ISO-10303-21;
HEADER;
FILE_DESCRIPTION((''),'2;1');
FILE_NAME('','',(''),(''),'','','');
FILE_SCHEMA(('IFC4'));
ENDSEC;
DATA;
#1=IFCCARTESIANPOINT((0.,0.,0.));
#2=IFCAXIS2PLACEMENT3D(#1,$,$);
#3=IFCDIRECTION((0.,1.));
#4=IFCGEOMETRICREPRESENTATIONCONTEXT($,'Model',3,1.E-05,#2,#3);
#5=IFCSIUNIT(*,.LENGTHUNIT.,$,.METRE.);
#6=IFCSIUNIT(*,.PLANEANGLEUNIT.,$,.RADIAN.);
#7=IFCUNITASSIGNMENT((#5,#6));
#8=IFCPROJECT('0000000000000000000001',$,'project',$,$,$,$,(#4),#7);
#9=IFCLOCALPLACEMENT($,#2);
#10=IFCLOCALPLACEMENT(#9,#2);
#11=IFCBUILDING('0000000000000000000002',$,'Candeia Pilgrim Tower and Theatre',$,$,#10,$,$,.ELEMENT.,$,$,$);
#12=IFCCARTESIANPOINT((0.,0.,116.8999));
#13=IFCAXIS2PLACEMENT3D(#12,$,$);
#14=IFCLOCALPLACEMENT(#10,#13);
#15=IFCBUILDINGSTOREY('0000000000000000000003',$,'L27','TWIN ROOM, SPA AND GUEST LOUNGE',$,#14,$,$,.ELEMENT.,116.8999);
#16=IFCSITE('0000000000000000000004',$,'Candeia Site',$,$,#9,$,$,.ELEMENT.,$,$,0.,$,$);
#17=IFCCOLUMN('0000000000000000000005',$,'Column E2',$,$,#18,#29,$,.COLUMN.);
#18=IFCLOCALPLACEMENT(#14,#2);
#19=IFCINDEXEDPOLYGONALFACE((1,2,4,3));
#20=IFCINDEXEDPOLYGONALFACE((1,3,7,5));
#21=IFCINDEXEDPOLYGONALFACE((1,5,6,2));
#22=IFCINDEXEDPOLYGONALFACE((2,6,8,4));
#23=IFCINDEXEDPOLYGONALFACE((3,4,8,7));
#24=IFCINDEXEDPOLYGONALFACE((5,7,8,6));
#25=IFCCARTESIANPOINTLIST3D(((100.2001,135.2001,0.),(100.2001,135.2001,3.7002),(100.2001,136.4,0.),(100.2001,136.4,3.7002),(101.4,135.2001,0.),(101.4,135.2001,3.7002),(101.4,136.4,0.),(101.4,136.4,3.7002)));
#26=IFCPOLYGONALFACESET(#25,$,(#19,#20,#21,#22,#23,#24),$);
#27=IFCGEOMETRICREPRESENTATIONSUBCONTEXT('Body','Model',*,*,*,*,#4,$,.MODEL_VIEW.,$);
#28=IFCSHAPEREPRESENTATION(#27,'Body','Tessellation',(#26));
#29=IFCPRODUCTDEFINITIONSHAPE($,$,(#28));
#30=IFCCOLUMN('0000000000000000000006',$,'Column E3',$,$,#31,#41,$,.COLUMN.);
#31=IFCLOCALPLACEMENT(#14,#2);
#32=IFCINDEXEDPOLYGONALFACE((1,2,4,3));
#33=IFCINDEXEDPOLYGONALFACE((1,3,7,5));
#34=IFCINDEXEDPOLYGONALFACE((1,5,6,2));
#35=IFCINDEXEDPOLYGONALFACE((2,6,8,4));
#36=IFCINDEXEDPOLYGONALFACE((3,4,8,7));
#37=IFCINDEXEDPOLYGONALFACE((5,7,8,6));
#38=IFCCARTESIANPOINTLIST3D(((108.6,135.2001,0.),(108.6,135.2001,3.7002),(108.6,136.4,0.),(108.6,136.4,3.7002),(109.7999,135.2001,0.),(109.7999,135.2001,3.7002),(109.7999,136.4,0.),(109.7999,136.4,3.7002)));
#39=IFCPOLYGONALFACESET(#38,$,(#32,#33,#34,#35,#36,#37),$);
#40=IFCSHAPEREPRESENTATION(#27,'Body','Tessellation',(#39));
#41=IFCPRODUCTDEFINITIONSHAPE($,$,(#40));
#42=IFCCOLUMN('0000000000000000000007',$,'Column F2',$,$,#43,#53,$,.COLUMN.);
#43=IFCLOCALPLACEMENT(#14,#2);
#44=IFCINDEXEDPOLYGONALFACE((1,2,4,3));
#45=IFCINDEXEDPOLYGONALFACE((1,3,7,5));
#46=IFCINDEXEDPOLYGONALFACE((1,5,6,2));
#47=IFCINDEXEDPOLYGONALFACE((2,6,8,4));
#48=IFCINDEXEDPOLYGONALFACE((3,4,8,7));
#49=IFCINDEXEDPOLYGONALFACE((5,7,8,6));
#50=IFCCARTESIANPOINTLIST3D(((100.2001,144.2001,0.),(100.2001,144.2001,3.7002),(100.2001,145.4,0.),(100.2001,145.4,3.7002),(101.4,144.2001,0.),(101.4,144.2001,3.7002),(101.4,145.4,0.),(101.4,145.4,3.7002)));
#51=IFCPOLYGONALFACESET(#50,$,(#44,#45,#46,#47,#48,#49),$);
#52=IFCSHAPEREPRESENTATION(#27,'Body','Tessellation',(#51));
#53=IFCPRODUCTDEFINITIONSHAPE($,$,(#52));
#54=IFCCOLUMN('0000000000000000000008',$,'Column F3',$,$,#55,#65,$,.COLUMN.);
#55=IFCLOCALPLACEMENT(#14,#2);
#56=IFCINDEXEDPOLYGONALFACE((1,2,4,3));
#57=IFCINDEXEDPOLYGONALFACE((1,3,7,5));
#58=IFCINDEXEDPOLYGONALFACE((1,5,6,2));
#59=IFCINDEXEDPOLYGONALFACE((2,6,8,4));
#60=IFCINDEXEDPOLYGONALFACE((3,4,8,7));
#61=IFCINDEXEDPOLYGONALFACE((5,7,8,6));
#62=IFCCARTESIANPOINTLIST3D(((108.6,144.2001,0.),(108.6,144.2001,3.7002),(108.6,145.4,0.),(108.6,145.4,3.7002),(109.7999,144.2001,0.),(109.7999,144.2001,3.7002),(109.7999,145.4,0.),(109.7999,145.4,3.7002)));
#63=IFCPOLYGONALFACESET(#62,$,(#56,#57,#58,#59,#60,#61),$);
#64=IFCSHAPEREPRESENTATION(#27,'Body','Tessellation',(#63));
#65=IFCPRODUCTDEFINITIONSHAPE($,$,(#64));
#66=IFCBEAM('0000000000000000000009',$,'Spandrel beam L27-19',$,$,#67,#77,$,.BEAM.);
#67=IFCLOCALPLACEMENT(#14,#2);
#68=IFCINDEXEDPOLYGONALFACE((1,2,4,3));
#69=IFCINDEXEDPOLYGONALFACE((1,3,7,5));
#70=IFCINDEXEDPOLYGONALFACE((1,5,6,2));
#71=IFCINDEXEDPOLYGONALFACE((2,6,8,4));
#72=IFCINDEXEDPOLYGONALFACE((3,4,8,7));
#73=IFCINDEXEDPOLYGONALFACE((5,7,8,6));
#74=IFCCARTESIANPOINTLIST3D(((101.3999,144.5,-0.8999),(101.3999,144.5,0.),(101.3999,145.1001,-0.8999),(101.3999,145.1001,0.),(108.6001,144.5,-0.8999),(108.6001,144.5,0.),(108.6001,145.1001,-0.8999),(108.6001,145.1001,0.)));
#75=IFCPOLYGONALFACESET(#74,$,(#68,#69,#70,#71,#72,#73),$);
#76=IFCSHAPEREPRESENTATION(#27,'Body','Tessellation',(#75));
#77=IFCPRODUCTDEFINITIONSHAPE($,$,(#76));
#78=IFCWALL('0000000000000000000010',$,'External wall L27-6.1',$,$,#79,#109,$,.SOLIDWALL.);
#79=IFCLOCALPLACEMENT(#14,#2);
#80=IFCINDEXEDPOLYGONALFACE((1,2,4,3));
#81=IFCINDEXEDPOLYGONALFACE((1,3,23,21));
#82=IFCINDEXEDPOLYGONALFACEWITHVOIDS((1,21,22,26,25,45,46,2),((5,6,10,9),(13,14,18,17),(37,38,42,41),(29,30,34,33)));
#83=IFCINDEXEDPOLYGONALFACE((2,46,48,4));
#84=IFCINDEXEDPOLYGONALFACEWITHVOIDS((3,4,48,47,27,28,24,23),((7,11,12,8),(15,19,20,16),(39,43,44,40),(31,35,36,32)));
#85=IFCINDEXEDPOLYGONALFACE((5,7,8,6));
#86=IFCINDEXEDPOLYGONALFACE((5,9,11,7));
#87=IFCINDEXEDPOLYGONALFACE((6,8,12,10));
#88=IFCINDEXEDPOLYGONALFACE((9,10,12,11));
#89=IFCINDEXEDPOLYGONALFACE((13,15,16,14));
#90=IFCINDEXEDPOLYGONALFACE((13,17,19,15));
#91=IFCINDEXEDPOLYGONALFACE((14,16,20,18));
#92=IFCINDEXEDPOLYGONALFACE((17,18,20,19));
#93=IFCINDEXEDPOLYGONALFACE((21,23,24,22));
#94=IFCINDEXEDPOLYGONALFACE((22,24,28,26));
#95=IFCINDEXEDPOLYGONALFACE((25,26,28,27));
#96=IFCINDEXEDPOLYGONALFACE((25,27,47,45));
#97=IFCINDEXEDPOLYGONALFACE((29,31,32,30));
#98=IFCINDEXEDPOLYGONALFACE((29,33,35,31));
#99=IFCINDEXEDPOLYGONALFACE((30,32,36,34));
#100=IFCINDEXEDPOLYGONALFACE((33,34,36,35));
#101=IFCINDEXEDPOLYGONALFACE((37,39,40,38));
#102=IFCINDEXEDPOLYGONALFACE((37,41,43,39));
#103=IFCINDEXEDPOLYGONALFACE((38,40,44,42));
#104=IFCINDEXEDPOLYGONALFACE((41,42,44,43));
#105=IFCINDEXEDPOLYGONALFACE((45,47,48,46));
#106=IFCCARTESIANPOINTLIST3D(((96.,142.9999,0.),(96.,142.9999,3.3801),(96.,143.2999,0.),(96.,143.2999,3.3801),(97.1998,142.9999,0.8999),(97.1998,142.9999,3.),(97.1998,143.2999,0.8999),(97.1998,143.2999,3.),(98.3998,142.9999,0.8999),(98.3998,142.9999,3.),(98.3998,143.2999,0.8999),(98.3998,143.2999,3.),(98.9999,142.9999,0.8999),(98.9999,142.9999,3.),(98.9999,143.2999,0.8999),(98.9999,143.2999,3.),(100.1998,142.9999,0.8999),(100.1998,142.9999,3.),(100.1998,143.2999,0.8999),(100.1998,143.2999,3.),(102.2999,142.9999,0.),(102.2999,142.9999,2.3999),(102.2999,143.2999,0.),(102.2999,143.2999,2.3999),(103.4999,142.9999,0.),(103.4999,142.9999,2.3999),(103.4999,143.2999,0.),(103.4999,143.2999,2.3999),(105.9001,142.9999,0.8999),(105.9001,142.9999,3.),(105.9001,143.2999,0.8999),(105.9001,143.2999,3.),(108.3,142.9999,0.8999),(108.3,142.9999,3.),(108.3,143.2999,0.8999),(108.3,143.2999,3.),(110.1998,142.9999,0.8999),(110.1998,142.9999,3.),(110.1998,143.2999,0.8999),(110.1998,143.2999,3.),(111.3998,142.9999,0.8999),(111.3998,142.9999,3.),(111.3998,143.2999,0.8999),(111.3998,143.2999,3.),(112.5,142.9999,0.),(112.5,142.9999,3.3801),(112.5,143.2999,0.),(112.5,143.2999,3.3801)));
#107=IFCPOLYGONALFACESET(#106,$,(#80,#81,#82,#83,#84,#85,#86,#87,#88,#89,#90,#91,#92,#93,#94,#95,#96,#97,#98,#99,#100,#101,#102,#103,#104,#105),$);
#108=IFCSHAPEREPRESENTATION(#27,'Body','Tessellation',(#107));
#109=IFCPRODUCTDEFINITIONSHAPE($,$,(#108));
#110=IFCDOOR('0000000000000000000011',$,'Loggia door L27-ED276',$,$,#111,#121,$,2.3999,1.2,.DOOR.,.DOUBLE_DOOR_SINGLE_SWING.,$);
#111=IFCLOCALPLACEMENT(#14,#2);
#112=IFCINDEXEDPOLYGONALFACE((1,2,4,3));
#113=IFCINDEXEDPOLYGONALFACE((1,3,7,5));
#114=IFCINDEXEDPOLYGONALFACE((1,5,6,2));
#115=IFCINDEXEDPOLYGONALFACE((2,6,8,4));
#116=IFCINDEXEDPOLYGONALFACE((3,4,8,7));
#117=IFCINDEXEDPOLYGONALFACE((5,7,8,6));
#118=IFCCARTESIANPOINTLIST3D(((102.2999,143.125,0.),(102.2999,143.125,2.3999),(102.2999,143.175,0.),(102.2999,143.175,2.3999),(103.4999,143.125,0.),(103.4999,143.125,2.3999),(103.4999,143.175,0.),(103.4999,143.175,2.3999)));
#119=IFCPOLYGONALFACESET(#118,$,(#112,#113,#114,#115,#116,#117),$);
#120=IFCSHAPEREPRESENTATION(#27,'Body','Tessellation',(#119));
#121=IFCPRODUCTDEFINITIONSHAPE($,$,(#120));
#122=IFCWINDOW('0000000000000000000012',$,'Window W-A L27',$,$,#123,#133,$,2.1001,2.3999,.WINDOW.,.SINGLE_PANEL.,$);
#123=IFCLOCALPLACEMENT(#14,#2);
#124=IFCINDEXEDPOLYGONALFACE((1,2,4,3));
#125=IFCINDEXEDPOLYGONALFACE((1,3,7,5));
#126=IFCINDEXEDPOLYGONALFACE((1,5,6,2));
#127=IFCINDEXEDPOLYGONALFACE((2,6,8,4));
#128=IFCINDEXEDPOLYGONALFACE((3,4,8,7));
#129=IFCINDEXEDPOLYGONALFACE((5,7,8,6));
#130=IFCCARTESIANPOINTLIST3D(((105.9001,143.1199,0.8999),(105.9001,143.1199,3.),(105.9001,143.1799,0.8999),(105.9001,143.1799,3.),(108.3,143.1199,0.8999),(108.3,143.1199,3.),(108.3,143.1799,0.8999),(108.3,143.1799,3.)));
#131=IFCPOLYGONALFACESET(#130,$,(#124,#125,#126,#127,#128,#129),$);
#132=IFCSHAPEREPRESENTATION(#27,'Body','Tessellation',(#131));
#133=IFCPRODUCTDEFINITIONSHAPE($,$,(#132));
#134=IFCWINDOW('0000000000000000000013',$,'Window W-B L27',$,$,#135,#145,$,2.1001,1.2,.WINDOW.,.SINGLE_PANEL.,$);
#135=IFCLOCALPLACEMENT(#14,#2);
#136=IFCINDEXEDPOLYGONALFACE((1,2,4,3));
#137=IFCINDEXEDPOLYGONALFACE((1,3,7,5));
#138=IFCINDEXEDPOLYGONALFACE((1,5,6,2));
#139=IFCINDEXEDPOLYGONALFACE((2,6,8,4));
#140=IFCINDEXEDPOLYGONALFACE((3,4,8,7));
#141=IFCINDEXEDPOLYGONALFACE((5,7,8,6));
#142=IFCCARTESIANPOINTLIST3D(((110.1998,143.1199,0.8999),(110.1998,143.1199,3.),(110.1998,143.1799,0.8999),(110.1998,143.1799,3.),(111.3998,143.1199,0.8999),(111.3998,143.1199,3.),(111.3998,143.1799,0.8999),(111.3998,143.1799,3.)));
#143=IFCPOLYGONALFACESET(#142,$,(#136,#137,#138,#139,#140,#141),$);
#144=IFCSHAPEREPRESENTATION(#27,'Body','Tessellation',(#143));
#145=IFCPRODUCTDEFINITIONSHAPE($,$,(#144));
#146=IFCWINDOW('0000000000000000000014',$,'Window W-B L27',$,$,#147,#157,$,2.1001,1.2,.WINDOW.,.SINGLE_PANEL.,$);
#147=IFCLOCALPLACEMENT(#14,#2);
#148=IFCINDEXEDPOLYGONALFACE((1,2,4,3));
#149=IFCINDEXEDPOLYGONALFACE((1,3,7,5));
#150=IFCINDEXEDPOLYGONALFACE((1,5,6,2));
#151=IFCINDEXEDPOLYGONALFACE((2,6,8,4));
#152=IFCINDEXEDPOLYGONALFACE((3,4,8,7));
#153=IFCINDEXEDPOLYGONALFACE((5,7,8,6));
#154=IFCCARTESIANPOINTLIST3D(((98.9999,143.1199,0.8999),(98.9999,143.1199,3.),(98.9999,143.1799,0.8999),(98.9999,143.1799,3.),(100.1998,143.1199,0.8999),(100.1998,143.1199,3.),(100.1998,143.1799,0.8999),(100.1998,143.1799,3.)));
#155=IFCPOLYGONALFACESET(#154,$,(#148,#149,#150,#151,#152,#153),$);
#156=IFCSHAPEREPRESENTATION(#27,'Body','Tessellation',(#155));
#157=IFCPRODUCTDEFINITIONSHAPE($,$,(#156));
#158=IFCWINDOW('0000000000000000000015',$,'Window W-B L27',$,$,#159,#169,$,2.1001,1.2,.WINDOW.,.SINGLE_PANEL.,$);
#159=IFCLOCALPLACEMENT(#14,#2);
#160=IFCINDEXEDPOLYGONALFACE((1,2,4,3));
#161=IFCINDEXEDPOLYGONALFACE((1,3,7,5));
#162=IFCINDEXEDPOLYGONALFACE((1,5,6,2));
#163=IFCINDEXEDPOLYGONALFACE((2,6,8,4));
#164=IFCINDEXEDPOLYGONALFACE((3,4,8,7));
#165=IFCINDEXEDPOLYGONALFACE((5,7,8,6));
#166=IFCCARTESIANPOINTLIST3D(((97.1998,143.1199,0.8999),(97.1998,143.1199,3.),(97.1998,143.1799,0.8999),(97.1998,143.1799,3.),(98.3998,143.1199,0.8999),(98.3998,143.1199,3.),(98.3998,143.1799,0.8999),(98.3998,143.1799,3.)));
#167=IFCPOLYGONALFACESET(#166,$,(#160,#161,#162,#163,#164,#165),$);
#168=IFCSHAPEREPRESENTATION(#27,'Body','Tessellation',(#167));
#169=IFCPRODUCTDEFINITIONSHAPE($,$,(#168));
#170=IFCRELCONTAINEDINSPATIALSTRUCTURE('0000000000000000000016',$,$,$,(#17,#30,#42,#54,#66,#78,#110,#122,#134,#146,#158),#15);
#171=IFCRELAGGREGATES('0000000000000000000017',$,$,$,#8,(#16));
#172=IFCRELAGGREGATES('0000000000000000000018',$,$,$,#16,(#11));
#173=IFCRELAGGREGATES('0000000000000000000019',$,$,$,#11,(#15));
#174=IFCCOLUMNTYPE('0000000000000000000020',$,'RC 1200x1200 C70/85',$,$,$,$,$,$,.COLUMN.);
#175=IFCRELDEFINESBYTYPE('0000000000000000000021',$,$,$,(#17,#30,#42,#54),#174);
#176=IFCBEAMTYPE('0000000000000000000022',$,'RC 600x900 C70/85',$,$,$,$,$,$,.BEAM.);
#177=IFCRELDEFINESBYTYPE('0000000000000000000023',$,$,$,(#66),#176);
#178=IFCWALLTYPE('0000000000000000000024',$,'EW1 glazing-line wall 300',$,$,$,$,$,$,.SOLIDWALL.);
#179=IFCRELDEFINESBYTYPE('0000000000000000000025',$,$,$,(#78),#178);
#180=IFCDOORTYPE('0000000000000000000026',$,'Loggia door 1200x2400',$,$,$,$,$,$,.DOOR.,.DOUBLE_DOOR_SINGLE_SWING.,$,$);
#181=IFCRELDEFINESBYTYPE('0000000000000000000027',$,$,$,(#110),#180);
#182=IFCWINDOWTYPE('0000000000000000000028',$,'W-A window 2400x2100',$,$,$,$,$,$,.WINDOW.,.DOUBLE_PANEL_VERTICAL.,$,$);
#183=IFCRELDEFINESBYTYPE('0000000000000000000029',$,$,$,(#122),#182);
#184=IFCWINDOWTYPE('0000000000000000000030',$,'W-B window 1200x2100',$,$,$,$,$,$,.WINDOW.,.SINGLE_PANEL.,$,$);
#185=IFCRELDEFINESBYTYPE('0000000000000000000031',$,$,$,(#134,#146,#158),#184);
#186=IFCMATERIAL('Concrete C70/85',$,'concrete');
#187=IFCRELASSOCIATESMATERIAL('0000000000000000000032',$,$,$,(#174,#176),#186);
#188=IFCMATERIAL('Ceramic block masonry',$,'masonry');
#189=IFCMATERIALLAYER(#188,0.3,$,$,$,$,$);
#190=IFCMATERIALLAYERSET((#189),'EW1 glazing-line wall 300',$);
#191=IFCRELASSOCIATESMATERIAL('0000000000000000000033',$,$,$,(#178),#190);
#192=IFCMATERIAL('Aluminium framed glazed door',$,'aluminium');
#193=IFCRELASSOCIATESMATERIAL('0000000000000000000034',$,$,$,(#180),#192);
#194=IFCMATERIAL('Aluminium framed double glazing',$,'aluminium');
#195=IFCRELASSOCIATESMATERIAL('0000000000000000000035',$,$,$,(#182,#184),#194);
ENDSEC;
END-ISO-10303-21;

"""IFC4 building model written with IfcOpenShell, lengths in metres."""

from ifc_helpers import new_model, si_unit, direction, frame, frame_2d, origin, origin_2d, place, context, subcontext, project, spatial, rectangle, extrude, material, layer, layer_set, material_profile, profile_set, type_object, element, fill, save


model = new_model("IFC4")

# Units and contexts
model_context = context("Model", 3, precision=1e-05, world=origin(), true_north=direction((0.0, 1.0)))
body_context = subcontext(model_context, "Body", "Model", "MODEL_VIEW")
ifc_project = project(units=[si_unit("LENGTHUNIT", "METRE"), si_unit("PLANEANGLEUNIT", "RADIAN")], contexts=[model_context])

# Site, building, storey
site_placement = place(None, origin())
site = spatial("IfcSite", under=ifc_project, at=site_placement, Name="Candeia Site", CompositionType="ELEMENT", RefElevation=0.0)
building_placement = place(site_placement, origin())
building = spatial("IfcBuilding", under=site, at=building_placement, Name="Candeia Pilgrim Tower and Theatre", CompositionType="ELEMENT")
storey_placement = place(building_placement, frame((0.0, 0.0, 116.8999)))
storey = spatial("IfcBuildingStorey", under=building, at=storey_placement, Name="L27", Description="TWIN ROOM, SPA AND GUEST LOUNGE", CompositionType="ELEMENT", Elevation=116.8999)

# Columns
ifc_material_1 = material(Name="Concrete C70/85", Category="concrete")
ifc_material_profile_1 = material_profile(ifc_material_1, rectangle(XDim=1.2, YDim=1.2, at=origin_2d()))
ifc_profile_set_1 = profile_set([ifc_material_profile_1], Name="Concrete C70/85")
column_type = type_object("IfcColumnType", Name="RC 1200x1200 C70/85", PredefinedType="COLUMN", material=ifc_profile_set_1)
for number, where, z_axis, x_axis, name in (
    (1, (100.8, 135.8, 0.0), (0.0, 0.0, 1.0), (1.0, 0.0, 0.0), "Column E2"),
    (2, (109.2, 135.8, 0.0), (0.0, 0.0, 1.0), (1.0, 0.0, 0.0), "Column E3"),
    (3, (100.8, 144.8, 0.0), (0.0, 0.0, 1.0), (1.0, 0.0, 0.0), "Column F2"),
    (4, (109.2, 144.8, 0.0), (0.0, 0.0, 1.0), (1.0, 0.0, 0.0), "Column F3"),
):
    element("IfcColumn", number, at=place(storey_placement, frame(where, z_axis=z_axis, x_axis=x_axis)), inside=storey, type_object=column_type, Name=name, PredefinedType="COLUMN", context=body_context, shape_type="SweptSolid", body=[
        extrude(rectangle(XDim=1.2, YDim=1.2, at=origin_2d()), origin(), (0.0, 0.0, 1.0), 3.7002),
    ])

# Beam
ifc_material_profile_2 = material_profile(ifc_material_1, rectangle(XDim=0.6001, YDim=0.8999, at=origin_2d()))
ifc_profile_set_2 = profile_set([ifc_material_profile_2], Name="Concrete C70/85")
beam_type = type_object("IfcBeamType", Name="RC 600x900 C70/85", PredefinedType="BEAM", material=ifc_profile_set_2)
beam_placement = place(storey_placement, frame((108.6001, 144.8, -0.45), z_axis=(-1.0, 0.0, 0.0), x_axis=(0.0, -1.0, 0.0)))
element("IfcBeam", 5, at=beam_placement, inside=storey, type_object=beam_type, Name="Spandrel beam L27-19", PredefinedType="BEAM", context=body_context, shape_type="SweptSolid", body=[
    extrude(rectangle(XDim=0.6001, YDim=0.8999, at=origin_2d()), origin(), (0.0, 0.0, 1.0), 7.2002),
])

# Wall, openings, door, windows
ifc_material_2 = material(Name="Ceramic block masonry", Category="masonry")
ifc_layer_1 = layer(ifc_material_2, 0.3)
ifc_layer_set_1 = layer_set([ifc_layer_1], Name="EW1 glazing-line wall 300")
wall_type_1 = type_object("IfcWallType", Name="EW1 glazing-line wall 300", PredefinedType="SOLIDWALL", material=ifc_layer_set_1)
wall_1_placement = place(storey_placement, frame((112.5, 143.1499, 0.0), z_axis=(0.0, 0.0, 1.0), x_axis=(-1.0, 0.0, 0.0)))
wall_1 = element("IfcWall", 6, at=wall_1_placement, inside=storey, type_object=wall_type_1, Name="External wall L27-6.1", PredefinedType="SOLIDWALL", context=body_context, shape_type="SweptSolid", body=[
    extrude(rectangle(XDim=16.5, YDim=0.3, at=frame_2d((8.25, 0.0))), origin(), (0.0, 0.0, 1.0), 3.3801),
])
opening_1_placement = place(wall_1_placement, frame((1.1001, 0.0, 0.8999)))
opening_1 = element("IfcOpeningElement", 7, at=opening_1_placement, cuts=wall_1, PredefinedType="OPENING", context=body_context, shape_type="SweptSolid", body=[
    extrude(rectangle(XDim=1.2, YDim=2.1001, at=frame_2d((0.6001, 1.05))), frame((0.0, 0.1602, 0.0), z_axis=(0.0, -1.0, 0.0), x_axis=(1.0, 0.0, 0.0)), (0.0, 0.0, 1.0), 0.3201),
])
opening_2_placement = place(wall_1_placement, frame((4.2, 0.0, 0.8999)))
opening_2 = element("IfcOpeningElement", 8, at=opening_2_placement, cuts=wall_1, PredefinedType="OPENING", context=body_context, shape_type="SweptSolid", body=[
    extrude(rectangle(XDim=2.3999, YDim=2.1001, at=frame_2d((1.2, 1.05))), frame((0.0, 0.1602, 0.0), z_axis=(0.0, -1.0, 0.0), x_axis=(1.0, 0.0, 0.0)), (0.0, 0.0, 1.0), 0.3201),
])
opening_3_placement = place(wall_1_placement, frame((9.0, 0.0, 0.0)))
opening_3 = element("IfcOpeningElement", 9, at=opening_3_placement, cuts=wall_1, PredefinedType="OPENING", context=body_context, shape_type="SweptSolid", body=[
    extrude(rectangle(XDim=1.2, YDim=2.3999, at=frame_2d((0.6001, 1.2))), frame((0.0, 0.1602, 0.0), z_axis=(0.0, -1.0, 0.0), x_axis=(1.0, 0.0, 0.0)), (0.0, 0.0, 1.0), 0.3201),
])
opening_4_placement = place(wall_1_placement, frame((12.3, 0.0, 0.8999)))
opening_4 = element("IfcOpeningElement", 10, at=opening_4_placement, cuts=wall_1, PredefinedType="OPENING", context=body_context, shape_type="SweptSolid", body=[
    extrude(rectangle(XDim=1.2, YDim=2.1001, at=frame_2d((0.6001, 1.05))), frame((0.0, 0.1602, 0.0), z_axis=(0.0, -1.0, 0.0), x_axis=(1.0, 0.0, 0.0)), (0.0, 0.0, 1.0), 0.3201),
])
opening_5_placement = place(wall_1_placement, frame((14.1001, 0.0, 0.8999)))
opening_5 = element("IfcOpeningElement", 11, at=opening_5_placement, cuts=wall_1, PredefinedType="OPENING", context=body_context, shape_type="SweptSolid", body=[
    extrude(rectangle(XDim=1.2, YDim=2.1001, at=frame_2d((0.6001, 1.05))), frame((0.0, 0.1602, 0.0), z_axis=(0.0, -1.0, 0.0), x_axis=(1.0, 0.0, 0.0)), (0.0, 0.0, 1.0), 0.3201),
])
ifc_material_3 = material(Name="Aluminium framed glazed door", Category="aluminium")
door_type_1 = type_object("IfcDoorType", Name="Loggia door 1200x2400", OperationType="DOUBLE_DOOR_SINGLE_SWING", PredefinedType="DOOR", material=ifc_material_3)
door_1_placement = place(opening_3_placement, origin())
door_1 = element("IfcDoor", 12, at=door_1_placement, inside=storey, type_object=door_type_1, Name="Loggia door L27-ED276", OperationType="DOUBLE_DOOR_SINGLE_SWING", OverallHeight=2.3999, OverallWidth=1.2, PredefinedType="DOOR", context=body_context, shape_type="SweptSolid", body=[
    extrude(rectangle(XDim=1.2, YDim=2.3999, at=frame_2d((0.6001, 1.2))), frame((0.0, 0.0249, 0.0), z_axis=(0.0, -1.0, 0.0), x_axis=(1.0, 0.0, 0.0)), (0.0, 0.0, 1.0), 0.05),
])
fill(opening_3, door_1)
ifc_material_4 = material(Name="Aluminium framed double glazing", Category="aluminium")
window_type_1 = type_object("IfcWindowType", Name="W-A window 2400x2100", PartitioningType="DOUBLE_PANEL_VERTICAL", PredefinedType="WINDOW", material=ifc_material_4)
window_1_placement = place(opening_2_placement, origin())
window_1 = element("IfcWindow", 13, at=window_1_placement, inside=storey, type_object=window_type_1, Name="Window W-A L27", OverallHeight=2.1001, OverallWidth=2.3999, PartitioningType="SINGLE_PANEL", PredefinedType="WINDOW", context=body_context, shape_type="SweptSolid", body=[
    extrude(rectangle(XDim=2.3999, YDim=2.1001, at=frame_2d((1.2, 1.05))), frame((0.0, 0.03, 0.0), z_axis=(0.0, -1.0, 0.0), x_axis=(1.0, 0.0, 0.0)), (0.0, 0.0, 1.0), 0.0601),
])
fill(opening_2, window_1)
window_type_2 = type_object("IfcWindowType", Name="W-B window 1200x2100", PartitioningType="SINGLE_PANEL", PredefinedType="WINDOW", material=ifc_material_4)
window_2_placement = place(opening_1_placement, origin())
window_2 = element("IfcWindow", 14, at=window_2_placement, inside=storey, type_object=window_type_2, Name="Window W-B L27", OverallHeight=2.1001, OverallWidth=1.2, PartitioningType="SINGLE_PANEL", PredefinedType="WINDOW", context=body_context, shape_type="SweptSolid", body=[
    extrude(rectangle(XDim=1.2, YDim=2.1001, at=frame_2d((0.6001, 1.05))), frame((0.0, 0.03, 0.0), z_axis=(0.0, -1.0, 0.0), x_axis=(1.0, 0.0, 0.0)), (0.0, 0.0, 1.0), 0.0601),
])
fill(opening_1, window_2)
window_3_placement = place(opening_4_placement, origin())
window_3 = element("IfcWindow", 15, at=window_3_placement, inside=storey, type_object=window_type_2, Name="Window W-B L27", OverallHeight=2.1001, OverallWidth=1.2, PartitioningType="SINGLE_PANEL", PredefinedType="WINDOW", context=body_context, shape_type="SweptSolid", body=[
    extrude(rectangle(XDim=1.2, YDim=2.1001, at=frame_2d((0.6001, 1.05))), frame((0.0, 0.03, 0.0), z_axis=(0.0, -1.0, 0.0), x_axis=(1.0, 0.0, 0.0)), (0.0, 0.0, 1.0), 0.0601),
])
fill(opening_4, window_3)
window_4_placement = place(opening_5_placement, origin())
window_4 = element("IfcWindow", 16, at=window_4_placement, inside=storey, type_object=window_type_2, Name="Window W-B L27", OverallHeight=2.1001, OverallWidth=1.2, PartitioningType="SINGLE_PANEL", PredefinedType="WINDOW", context=body_context, shape_type="SweptSolid", body=[
    extrude(rectangle(XDim=1.2, YDim=2.1001, at=frame_2d((0.6001, 1.05))), frame((0.0, 0.03, 0.0), z_axis=(0.0, -1.0, 0.0), x_axis=(1.0, 0.0, 0.0)), (0.0, 0.0, 1.0), 0.0601),
])
fill(opening_5, window_4)

save(model, "model.ifc")
